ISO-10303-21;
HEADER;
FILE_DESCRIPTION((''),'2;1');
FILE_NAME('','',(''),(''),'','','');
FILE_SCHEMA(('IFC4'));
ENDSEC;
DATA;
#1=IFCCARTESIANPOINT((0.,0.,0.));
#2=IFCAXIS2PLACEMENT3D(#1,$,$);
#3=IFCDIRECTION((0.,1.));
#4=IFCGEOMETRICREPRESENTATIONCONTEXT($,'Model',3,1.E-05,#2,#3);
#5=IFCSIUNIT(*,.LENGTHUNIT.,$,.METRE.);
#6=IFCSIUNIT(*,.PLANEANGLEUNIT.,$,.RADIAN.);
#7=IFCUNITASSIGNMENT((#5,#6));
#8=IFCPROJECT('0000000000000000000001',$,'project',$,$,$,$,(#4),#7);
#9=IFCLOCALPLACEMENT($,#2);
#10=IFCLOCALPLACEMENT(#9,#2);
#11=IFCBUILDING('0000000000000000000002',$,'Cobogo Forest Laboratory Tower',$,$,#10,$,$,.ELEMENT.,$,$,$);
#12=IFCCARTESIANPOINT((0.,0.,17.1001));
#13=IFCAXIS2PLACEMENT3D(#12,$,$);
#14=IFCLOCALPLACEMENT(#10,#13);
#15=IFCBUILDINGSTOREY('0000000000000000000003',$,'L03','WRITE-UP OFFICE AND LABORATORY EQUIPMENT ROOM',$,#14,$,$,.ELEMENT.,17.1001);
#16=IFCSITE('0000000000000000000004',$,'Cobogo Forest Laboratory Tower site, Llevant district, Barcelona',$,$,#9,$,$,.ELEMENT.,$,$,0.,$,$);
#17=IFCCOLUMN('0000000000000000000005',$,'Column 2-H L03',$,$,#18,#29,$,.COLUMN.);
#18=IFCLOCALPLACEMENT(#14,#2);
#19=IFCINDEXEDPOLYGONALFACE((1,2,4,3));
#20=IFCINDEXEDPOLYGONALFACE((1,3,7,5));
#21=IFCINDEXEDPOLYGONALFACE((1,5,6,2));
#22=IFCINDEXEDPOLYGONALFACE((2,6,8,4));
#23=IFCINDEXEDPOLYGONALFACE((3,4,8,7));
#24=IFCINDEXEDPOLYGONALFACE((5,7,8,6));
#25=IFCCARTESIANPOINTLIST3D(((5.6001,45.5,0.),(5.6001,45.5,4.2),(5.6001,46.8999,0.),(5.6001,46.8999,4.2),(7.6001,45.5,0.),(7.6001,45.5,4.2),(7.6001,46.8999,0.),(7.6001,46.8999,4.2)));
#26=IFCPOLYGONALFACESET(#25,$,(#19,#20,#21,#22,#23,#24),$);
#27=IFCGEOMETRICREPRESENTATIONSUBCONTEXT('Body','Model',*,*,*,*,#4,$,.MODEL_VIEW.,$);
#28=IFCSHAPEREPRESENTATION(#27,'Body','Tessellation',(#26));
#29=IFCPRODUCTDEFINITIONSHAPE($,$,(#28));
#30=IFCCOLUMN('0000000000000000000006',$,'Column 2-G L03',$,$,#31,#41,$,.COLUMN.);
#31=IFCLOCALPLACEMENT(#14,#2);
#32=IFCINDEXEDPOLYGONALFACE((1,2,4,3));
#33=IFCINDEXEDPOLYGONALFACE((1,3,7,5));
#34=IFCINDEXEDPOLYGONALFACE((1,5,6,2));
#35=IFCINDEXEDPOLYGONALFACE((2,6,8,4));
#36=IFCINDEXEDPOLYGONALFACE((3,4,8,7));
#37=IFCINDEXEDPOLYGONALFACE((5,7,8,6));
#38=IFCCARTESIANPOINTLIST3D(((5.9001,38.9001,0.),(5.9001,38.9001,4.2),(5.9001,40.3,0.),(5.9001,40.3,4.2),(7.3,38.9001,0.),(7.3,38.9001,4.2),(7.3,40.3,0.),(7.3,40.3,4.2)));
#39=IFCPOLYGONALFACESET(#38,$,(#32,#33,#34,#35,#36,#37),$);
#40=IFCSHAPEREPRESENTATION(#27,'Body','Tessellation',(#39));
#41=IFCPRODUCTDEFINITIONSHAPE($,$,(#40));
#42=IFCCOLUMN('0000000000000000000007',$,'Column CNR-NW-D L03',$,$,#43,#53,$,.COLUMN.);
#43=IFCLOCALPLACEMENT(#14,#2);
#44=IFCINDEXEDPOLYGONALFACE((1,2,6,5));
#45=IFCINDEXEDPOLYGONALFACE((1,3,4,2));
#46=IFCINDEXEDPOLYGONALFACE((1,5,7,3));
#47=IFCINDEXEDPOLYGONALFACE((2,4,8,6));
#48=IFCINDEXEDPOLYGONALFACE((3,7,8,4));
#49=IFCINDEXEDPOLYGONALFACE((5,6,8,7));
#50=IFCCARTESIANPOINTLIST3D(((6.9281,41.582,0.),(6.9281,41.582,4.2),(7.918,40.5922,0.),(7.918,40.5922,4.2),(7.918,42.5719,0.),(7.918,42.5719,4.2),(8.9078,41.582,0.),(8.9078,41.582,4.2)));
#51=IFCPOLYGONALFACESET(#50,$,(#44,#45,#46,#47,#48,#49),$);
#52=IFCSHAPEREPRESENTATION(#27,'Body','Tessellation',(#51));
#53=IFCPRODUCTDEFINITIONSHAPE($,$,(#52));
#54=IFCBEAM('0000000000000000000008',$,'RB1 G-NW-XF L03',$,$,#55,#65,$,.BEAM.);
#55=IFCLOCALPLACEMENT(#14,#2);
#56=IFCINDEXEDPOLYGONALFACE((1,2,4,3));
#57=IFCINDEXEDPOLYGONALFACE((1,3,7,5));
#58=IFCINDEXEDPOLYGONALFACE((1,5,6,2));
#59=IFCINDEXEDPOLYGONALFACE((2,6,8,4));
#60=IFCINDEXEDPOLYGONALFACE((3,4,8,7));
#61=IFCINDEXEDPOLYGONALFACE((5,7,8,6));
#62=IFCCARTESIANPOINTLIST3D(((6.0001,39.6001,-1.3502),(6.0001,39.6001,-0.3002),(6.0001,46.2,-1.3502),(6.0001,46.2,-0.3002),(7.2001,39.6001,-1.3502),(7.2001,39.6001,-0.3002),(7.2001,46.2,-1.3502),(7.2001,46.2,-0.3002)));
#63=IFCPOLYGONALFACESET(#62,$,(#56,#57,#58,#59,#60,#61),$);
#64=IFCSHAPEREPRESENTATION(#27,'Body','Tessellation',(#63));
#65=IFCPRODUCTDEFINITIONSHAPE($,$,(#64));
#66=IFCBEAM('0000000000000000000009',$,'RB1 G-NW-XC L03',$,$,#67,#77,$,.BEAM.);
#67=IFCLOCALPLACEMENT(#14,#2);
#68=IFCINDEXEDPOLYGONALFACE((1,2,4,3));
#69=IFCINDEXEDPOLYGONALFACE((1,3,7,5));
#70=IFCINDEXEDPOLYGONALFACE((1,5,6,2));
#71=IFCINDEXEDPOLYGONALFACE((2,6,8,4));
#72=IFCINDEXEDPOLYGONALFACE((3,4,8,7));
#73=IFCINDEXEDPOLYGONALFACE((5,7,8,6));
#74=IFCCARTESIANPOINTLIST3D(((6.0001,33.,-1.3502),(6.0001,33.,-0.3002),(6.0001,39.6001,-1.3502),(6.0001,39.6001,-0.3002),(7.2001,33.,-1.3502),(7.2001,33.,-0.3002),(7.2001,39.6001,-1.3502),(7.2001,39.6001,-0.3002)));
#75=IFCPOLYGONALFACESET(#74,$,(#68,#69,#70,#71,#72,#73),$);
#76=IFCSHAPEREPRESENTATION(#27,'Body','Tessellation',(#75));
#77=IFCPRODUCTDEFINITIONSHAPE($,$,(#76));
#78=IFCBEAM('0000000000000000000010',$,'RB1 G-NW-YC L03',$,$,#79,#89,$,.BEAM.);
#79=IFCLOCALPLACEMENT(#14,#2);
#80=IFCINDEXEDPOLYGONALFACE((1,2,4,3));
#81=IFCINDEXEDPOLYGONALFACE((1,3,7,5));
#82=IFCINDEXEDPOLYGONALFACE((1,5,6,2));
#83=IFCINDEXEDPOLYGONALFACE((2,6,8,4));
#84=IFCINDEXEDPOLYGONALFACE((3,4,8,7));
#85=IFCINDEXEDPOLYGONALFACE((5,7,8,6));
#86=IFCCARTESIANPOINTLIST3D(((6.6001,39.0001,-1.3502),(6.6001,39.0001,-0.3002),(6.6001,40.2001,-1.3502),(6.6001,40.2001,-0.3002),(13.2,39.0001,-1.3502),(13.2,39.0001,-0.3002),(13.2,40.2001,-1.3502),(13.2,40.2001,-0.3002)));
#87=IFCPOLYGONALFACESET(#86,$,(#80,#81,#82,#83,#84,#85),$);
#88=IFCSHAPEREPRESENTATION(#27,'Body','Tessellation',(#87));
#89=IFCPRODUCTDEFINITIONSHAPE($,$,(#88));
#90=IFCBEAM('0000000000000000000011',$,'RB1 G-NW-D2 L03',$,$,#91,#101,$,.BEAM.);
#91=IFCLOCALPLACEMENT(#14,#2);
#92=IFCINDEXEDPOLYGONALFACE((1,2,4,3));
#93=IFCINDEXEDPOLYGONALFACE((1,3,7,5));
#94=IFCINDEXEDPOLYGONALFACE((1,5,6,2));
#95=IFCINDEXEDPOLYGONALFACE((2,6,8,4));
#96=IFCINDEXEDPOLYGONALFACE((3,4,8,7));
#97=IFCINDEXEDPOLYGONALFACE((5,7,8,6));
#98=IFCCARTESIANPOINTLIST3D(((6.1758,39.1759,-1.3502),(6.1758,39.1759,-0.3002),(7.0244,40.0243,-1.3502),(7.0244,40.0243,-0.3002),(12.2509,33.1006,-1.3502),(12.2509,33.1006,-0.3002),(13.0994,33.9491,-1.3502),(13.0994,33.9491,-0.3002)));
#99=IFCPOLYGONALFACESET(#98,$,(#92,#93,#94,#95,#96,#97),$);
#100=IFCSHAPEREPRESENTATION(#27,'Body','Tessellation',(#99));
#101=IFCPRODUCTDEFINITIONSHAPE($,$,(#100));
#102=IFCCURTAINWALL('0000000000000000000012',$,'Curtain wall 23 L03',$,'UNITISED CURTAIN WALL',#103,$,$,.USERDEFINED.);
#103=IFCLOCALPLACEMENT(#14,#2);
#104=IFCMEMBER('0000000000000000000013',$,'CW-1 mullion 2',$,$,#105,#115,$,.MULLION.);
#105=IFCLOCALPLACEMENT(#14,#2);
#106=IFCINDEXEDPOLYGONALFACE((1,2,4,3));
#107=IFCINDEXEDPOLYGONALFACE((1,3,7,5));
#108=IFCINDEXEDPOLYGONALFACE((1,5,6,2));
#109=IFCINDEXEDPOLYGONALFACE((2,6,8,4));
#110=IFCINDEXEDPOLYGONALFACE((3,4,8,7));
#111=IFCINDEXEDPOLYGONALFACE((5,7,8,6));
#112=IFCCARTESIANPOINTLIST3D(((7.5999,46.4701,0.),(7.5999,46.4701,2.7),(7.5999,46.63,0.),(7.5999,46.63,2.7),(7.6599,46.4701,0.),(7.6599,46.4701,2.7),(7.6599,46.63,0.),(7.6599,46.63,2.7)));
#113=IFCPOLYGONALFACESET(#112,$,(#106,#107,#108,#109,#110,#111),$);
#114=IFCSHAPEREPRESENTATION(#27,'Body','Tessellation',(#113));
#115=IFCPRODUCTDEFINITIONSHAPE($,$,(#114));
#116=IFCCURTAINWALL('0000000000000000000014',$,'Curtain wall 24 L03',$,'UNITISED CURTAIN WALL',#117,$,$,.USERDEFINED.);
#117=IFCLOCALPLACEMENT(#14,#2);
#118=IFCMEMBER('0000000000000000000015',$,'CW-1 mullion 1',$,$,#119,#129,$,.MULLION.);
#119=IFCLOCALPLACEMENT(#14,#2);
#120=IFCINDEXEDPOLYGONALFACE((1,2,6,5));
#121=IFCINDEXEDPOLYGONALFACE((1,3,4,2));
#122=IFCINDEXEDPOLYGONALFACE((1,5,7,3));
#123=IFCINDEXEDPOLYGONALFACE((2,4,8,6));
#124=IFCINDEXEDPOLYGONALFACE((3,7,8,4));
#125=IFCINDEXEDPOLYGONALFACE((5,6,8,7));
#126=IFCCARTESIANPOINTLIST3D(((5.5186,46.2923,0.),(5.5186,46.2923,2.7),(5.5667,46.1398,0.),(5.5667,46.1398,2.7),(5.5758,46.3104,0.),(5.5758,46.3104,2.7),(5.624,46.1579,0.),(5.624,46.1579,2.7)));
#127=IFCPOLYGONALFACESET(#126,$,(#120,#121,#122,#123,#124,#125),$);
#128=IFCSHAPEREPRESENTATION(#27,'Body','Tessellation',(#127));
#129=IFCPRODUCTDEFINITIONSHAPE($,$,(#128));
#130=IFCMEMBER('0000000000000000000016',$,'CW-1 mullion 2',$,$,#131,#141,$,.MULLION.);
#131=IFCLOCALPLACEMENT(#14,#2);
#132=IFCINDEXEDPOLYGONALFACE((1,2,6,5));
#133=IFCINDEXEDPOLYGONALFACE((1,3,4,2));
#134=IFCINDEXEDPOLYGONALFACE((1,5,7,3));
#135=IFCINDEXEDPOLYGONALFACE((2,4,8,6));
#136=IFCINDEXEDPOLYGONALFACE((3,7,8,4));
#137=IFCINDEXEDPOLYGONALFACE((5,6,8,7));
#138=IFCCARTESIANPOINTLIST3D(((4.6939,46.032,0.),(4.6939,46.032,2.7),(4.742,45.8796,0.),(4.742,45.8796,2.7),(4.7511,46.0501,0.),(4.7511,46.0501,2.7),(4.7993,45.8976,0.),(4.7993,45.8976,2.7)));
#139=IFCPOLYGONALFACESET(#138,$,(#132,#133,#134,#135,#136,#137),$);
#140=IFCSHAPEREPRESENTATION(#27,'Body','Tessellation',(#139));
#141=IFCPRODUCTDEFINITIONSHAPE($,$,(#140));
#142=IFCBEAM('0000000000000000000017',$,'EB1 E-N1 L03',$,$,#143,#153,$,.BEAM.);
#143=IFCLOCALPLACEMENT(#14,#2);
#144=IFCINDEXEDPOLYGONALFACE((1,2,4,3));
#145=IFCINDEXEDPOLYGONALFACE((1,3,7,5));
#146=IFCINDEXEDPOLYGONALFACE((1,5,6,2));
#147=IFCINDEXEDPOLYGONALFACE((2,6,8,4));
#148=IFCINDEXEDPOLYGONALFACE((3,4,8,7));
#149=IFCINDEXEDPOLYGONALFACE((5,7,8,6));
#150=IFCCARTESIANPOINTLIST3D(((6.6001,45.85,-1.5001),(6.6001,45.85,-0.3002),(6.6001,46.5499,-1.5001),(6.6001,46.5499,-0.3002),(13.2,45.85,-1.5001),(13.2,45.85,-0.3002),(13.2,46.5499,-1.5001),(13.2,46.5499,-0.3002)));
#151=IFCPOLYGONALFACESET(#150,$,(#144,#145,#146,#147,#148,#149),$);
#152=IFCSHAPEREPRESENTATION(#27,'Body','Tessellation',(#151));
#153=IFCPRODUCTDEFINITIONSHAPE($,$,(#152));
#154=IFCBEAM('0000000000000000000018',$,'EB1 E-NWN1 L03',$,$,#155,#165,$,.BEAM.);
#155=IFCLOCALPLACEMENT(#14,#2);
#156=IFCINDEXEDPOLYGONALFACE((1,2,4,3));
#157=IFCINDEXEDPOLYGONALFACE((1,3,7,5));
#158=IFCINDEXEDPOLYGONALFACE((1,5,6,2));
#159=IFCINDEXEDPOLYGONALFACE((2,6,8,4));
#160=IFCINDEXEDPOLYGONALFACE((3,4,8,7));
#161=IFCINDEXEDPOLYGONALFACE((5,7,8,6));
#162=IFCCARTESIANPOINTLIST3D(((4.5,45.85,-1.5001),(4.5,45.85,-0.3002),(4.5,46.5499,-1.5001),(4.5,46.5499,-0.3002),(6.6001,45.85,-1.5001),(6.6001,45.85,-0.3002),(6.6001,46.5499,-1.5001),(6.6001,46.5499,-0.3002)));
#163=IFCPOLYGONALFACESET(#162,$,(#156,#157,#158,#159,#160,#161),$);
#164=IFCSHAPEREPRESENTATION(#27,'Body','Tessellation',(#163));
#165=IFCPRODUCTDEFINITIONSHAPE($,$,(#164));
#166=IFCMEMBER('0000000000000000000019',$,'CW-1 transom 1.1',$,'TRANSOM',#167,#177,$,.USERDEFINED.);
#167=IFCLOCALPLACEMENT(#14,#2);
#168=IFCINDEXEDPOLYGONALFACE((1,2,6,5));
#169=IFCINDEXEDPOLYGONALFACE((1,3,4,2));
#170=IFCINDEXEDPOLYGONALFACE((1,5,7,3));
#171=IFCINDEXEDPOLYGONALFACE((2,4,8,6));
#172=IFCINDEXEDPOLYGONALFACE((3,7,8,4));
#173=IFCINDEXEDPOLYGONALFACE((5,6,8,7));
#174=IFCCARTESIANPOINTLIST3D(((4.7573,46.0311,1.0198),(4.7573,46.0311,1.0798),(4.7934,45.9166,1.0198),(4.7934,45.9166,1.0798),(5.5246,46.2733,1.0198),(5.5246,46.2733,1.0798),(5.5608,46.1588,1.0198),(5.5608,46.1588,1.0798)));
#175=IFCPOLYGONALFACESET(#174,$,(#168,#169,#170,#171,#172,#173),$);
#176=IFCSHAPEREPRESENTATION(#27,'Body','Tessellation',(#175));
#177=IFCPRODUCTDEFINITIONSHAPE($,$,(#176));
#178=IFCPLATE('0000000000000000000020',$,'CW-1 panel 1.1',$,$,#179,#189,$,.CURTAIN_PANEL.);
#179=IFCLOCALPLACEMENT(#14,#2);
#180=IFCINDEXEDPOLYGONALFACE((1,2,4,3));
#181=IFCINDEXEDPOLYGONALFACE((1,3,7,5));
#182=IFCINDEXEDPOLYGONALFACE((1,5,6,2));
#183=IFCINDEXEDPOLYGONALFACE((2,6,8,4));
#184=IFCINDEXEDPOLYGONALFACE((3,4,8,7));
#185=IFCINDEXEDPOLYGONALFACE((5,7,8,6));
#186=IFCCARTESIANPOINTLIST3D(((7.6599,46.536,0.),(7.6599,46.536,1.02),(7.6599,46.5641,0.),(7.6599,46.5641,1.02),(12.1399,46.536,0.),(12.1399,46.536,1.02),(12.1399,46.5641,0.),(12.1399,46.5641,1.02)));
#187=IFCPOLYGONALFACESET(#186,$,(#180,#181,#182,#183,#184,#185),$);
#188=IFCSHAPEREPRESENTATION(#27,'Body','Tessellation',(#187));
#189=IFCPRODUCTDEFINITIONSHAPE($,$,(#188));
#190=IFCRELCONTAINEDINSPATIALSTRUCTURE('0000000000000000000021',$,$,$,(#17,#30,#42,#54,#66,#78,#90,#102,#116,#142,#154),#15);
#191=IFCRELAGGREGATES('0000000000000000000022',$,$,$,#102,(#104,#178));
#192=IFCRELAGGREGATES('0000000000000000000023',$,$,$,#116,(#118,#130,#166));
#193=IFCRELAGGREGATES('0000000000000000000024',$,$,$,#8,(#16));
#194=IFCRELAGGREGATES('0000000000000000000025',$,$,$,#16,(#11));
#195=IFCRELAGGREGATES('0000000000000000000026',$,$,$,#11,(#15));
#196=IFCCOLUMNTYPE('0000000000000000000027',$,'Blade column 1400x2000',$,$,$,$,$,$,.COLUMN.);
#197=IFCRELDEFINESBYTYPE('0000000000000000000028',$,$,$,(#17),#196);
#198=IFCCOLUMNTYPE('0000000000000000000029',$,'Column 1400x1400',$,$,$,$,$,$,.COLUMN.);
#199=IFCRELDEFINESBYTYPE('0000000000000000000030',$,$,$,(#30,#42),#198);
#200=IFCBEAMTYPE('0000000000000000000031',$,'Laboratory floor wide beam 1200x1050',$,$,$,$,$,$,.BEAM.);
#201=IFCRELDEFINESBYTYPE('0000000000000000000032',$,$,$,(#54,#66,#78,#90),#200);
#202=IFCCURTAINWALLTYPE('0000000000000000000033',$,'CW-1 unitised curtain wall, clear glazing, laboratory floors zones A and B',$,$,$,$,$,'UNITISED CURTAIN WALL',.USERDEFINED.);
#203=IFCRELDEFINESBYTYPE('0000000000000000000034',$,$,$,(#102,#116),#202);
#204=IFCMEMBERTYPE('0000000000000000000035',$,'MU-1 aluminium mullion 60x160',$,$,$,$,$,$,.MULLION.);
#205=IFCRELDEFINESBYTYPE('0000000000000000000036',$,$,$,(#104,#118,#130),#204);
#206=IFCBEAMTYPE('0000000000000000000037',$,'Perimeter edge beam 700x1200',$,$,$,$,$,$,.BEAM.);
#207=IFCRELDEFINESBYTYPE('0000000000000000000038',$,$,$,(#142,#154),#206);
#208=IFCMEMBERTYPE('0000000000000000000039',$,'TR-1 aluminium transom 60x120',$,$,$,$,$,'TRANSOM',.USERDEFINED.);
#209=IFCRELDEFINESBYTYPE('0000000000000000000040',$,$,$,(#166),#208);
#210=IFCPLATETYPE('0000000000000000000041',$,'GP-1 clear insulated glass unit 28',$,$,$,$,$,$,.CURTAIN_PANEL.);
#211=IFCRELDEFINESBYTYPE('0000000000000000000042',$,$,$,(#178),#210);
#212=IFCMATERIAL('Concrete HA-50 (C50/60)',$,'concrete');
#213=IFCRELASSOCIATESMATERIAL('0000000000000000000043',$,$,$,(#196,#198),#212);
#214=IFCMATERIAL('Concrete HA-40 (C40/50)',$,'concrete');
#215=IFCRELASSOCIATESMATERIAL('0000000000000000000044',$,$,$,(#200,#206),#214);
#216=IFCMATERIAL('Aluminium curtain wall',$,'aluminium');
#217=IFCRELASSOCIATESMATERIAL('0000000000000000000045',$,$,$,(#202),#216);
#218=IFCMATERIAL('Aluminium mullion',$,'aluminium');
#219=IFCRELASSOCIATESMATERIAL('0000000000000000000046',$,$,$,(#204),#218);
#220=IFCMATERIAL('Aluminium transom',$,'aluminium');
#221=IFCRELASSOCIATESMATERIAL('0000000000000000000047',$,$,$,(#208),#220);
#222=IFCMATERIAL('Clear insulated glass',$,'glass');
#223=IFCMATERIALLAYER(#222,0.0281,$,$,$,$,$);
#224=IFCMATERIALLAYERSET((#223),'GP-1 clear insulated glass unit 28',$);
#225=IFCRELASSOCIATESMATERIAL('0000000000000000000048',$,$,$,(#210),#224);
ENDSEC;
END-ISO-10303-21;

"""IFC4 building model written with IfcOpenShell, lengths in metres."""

from ifc_helpers import new_model, si_unit, direction, frame, origin, origin_2d, place, context, subcontext, project, spatial, rectangle, extrude, material, layer, layer_set, material_profile, profile_set, type_object, element, aggregate, save


model = new_model("IFC4")

# Units and contexts
model_context = context("Model", 3, precision=1e-05, world=origin(), true_north=direction((0.0, 1.0)))
body_context = subcontext(model_context, "Body", "Model", "MODEL_VIEW")
ifc_project = project(units=[si_unit("LENGTHUNIT", "METRE"), si_unit("PLANEANGLEUNIT", "RADIAN")], contexts=[model_context])

# Site, building, storey
site_placement = place(None, origin())
site = spatial("IfcSite", under=ifc_project, at=site_placement, Name="Cobogo Forest Laboratory Tower site, Llevant district, Barcelona", CompositionType="ELEMENT", RefElevation=0.0)
building_placement = place(site_placement, origin())
building = spatial("IfcBuilding", under=site, at=building_placement, Name="Cobogo Forest Laboratory Tower", CompositionType="ELEMENT")
storey_placement = place(building_placement, frame((0.0, 0.0, 17.1001)))
storey = spatial("IfcBuildingStorey", under=building, at=storey_placement, Name="L03", Description="WRITE-UP OFFICE AND LABORATORY EQUIPMENT ROOM", CompositionType="ELEMENT", Elevation=17.1001)

# Columns
ifc_material_1 = material(Name="Concrete HA-50 (C50/60)", Category="concrete")
ifc_material_profile_1 = material_profile(ifc_material_1, rectangle(XDim=2.0, YDim=1.3999, at=origin_2d()), Name="RC 1400x2000")
ifc_profile_set_1 = profile_set([ifc_material_profile_1], Name="Concrete HA-50 (C50/60)")
column_type_1 = type_object("IfcColumnType", Name="Blade column 1400x2000", PredefinedType="COLUMN", material=ifc_profile_set_1)
column_placement = place(storey_placement, frame((6.6001, 46.2, 0.0), z_axis=(0.0, 0.0, 1.0), x_axis=(1.0, 0.0, 0.0)))
element("IfcColumn", 1, at=column_placement, inside=storey, type_object=column_type_1, Name="Column 2-H L03", PredefinedType="COLUMN", context=body_context, shape_type="SweptSolid", body=[
    extrude(rectangle(XDim=2.0, YDim=1.3999, at=origin_2d()), origin(), (0.0, 0.0, 1.0), 4.2),
])
ifc_material_profile_2 = material_profile(ifc_material_1, rectangle(XDim=1.3999, YDim=1.3999, at=origin_2d()), Name="RC 1400x1400")
ifc_profile_set_2 = profile_set([ifc_material_profile_2], Name="Concrete HA-50 (C50/60)")
column_type_2 = type_object("IfcColumnType", Name="Column 1400x1400", PredefinedType="COLUMN", material=ifc_profile_set_2)
for number, where, z_axis, x_axis, name in (
    (2, (6.6001, 39.6001, 0.0), (0.0, 0.0, 1.0), (1.0, 0.0, 0.0), "Column 2-G L03"),
    (3, (7.918, 41.582, 0.0), (0.0, 0.0, 1.0), (0.707107, 0.707107, 0.0), "Column CNR-NW-D L03"),
):
    element("IfcColumn", number, at=place(storey_placement, frame(where, z_axis=z_axis, x_axis=x_axis)), inside=storey, type_object=column_type_2, Name=name, PredefinedType="COLUMN", context=body_context, shape_type="SweptSolid", body=[
        extrude(rectangle(XDim=1.3999, YDim=1.3999, at=origin_2d()), origin(), (0.0, 0.0, 1.0), 4.2),
    ])

# Beams
ifc_material_2 = material(Name="Concrete HA-40 (C40/50)", Category="concrete")
ifc_material_profile_3 = material_profile(ifc_material_2, rectangle(XDim=1.2, YDim=1.05, at=origin_2d()), Name="RC 1200x1050")
ifc_profile_set_3 = profile_set([ifc_material_profile_3], Name="Concrete HA-40 (C40/50)")
beam_type_1 = type_object("IfcBeamType", Name="Laboratory floor wide beam 1200x1050", PredefinedType="BEAM", material=ifc_profile_set_3)
beam_1_placement = place(storey_placement, frame((6.6001, 46.2, -0.8252), z_axis=(0.0, -1.0, 0.0), x_axis=(1.0, 0.0, 0.0)))
element("IfcBeam", 4, at=beam_1_placement, inside=storey, type_object=beam_type_1, Name="RB1 G-NW-XF L03", PredefinedType="BEAM", context=body_context, shape_type="SweptSolid", body=[
    extrude(rectangle(XDim=1.2, YDim=1.05, at=origin_2d()), origin(), (0.0, 0.0, 1.0), 6.5999),
])
beam_2_placement = place(storey_placement, frame((6.6001, 39.6001, -0.8252), z_axis=(0.0, -1.0, 0.0), x_axis=(1.0, 0.0, 0.0)))
element("IfcBeam", 5, at=beam_2_placement, inside=storey, type_object=beam_type_1, Name="RB1 G-NW-XC L03", PredefinedType="BEAM", context=body_context, shape_type="SweptSolid", body=[
    extrude(rectangle(XDim=1.2, YDim=1.05, at=origin_2d()), origin(), (0.0, 0.0, 1.0), 6.6001),
])
beam_3_placement = place(storey_placement, frame((6.6001, 39.6001, -0.8252), z_axis=(1.0, 0.0, 0.0), x_axis=(0.0, 1.0, 0.0)))
element("IfcBeam", 6, at=beam_3_placement, inside=storey, type_object=beam_type_1, Name="RB1 G-NW-YC L03", PredefinedType="BEAM", context=body_context, shape_type="SweptSolid", body=[
    extrude(rectangle(XDim=1.2, YDim=1.05, at=origin_2d()), origin(), (0.0, 0.0, 1.0), 6.5999),
])
beam_4_placement = place(storey_placement, frame((6.6001, 39.6001, -0.8252), z_axis=(0.707093, -0.707121, 0.0), x_axis=(0.707121, 0.707093, 0.0)))
element("IfcBeam", 7, at=beam_4_placement, inside=storey, type_object=beam_type_1, Name="RB1 G-NW-D2 L03", PredefinedType="BEAM", context=body_context, shape_type="SweptSolid", body=[
    extrude(rectangle(XDim=1.2, YDim=1.05, at=origin_2d()), origin(), (0.0, 0.0, 1.0), 8.5916),
])

# Curtain wall, member
ifc_material_3 = material(Name="Aluminium curtain wall", Category="aluminium")
curtain_wall_type = type_object("IfcCurtainWallType", Name="CW-1 unitised curtain wall, clear glazing, laboratory floors zones A and B", ElementType="UNITISED CURTAIN WALL", PredefinedType="USERDEFINED", material=ifc_material_3)
curtain_wall_1_placement = place(storey_placement, origin())
curtain_wall_1 = element("IfcCurtainWall", 8, at=curtain_wall_1_placement, inside=storey, type_object=curtain_wall_type, Name="Curtain wall 23 L03", ObjectType="UNITISED CURTAIN WALL", PredefinedType="USERDEFINED")
ifc_material_4 = material(Name="Aluminium mullion", Category="aluminium")
ifc_material_profile_4 = material_profile(ifc_material_4, rectangle(XDim=0.0601, YDim=0.1599, at=origin_2d()), Name="AL 60x160")
ifc_profile_set_4 = profile_set([ifc_material_profile_4], Name="Aluminium mullion")
member_type_1 = type_object("IfcMemberType", Name="MU-1 aluminium mullion 60x160", PredefinedType="MULLION", material=ifc_profile_set_4)
member_1_placement = place(storey_placement, frame((7.6299, 46.55, 0.0), z_axis=(0.0, 0.0, 1.0), x_axis=(-1.0, 0.0, 0.0)))
member_1 = element("IfcMember", 9, at=member_1_placement, type_object=member_type_1, Name="CW-1 mullion 2", PredefinedType="MULLION", context=body_context, shape_type="SweptSolid", body=[
    extrude(rectangle(XDim=0.0601, YDim=0.1599, at=origin_2d()), origin(), (0.0, 0.0, 1.0), 2.7),
])

# Curtain wall, members
curtain_wall_2_placement = place(storey_placement, origin())
curtain_wall_2 = element("IfcCurtainWall", 10, at=curtain_wall_2_placement, inside=storey, type_object=curtain_wall_type, Name="Curtain wall 24 L03", ObjectType="UNITISED CURTAIN WALL", PredefinedType="USERDEFINED")
member_2_placement = place(storey_placement, frame((5.5713, 46.2251, 0.0), z_axis=(0.0, 0.0, 1.0), x_axis=(-0.953581, -0.301135, 0.0)))
member_2 = element("IfcMember", 11, at=member_2_placement, type_object=member_type_1, Name="CW-1 mullion 1", PredefinedType="MULLION", context=body_context, shape_type="SweptSolid", body=[
    extrude(rectangle(XDim=0.0601, YDim=0.1599, at=origin_2d()), origin(), (0.0, 0.0, 1.0), 2.7),
])
member_3_placement = place(storey_placement, frame((4.7466, 45.9648, 0.0), z_axis=(0.0, 0.0, 1.0), x_axis=(-0.953581, -0.301135, 0.0)))
member_3 = element("IfcMember", 12, at=member_3_placement, type_object=member_type_1, Name="CW-1 mullion 2", PredefinedType="MULLION", context=body_context, shape_type="SweptSolid", body=[
    extrude(rectangle(XDim=0.0601, YDim=0.1599, at=origin_2d()), origin(), (0.0, 0.0, 1.0), 2.7),
])

# Beams
ifc_material_profile_5 = material_profile(ifc_material_2, rectangle(XDim=0.7, YDim=1.2, at=origin_2d()), Name="RC 700x1200")
ifc_profile_set_5 = profile_set([ifc_material_profile_5], Name="Concrete HA-40 (C40/50)")
beam_type_2 = type_object("IfcBeamType", Name="Perimeter edge beam 700x1200", PredefinedType="BEAM", material=ifc_profile_set_5)
beam_5_placement = place(storey_placement, frame((6.6001, 46.2, -0.9001), z_axis=(1.0, 0.0, 0.0), x_axis=(0.0, 1.0, 0.0)))
element("IfcBeam", 13, at=beam_5_placement, inside=storey, type_object=beam_type_2, Name="EB1 E-N1 L03", PredefinedType="BEAM", context=body_context, shape_type="SweptSolid", body=[
    extrude(rectangle(XDim=0.7, YDim=1.2, at=origin_2d()), origin(), (0.0, 0.0, 1.0), 6.5999),
])
beam_6_placement = place(storey_placement, frame((6.6001, 46.2, -0.9001), z_axis=(-1.0, 0.0, 0.0), x_axis=(0.0, -1.0, 0.0)))
element("IfcBeam", 14, at=beam_6_placement, inside=storey, type_object=beam_type_2, Name="EB1 E-NWN1 L03", PredefinedType="BEAM", context=body_context, shape_type="SweptSolid", body=[
    extrude(rectangle(XDim=0.7, YDim=1.2, at=origin_2d()), origin(), (0.0, 0.0, 1.0), 2.1001),
])

# Member
ifc_material_5 = material(Name="Aluminium transom", Category="aluminium")
ifc_material_profile_6 = material_profile(ifc_material_5, rectangle(XDim=0.1201, YDim=0.0601, at=origin_2d()), Name="AL 60x120")
ifc_profile_set_6 = profile_set([ifc_material_profile_6], Name="Aluminium transom")
member_type_2 = type_object("IfcMemberType", Name="TR-1 aluminium transom 60x120", ElementType="TRANSOM", PredefinedType="USERDEFINED", material=ifc_profile_set_6)
member_4_placement = place(storey_placement, frame((5.5427, 46.2161, 1.0498), z_axis=(-0.953629, -0.300986, 0.0), x_axis=(0.300986, -0.953629, 0.0)))
member_4 = element("IfcMember", 15, at=member_4_placement, type_object=member_type_2, Name="CW-1 transom 1.1", ObjectType="TRANSOM", PredefinedType="USERDEFINED", context=body_context, shape_type="SweptSolid", body=[
    extrude(rectangle(XDim=0.1201, YDim=0.0601, at=origin_2d()), origin(), (0.0, 0.0, 1.0), 0.8047),
])

# Plate
ifc_material_6 = material(Name="Clear insulated glass", Category="glass")
ifc_layer = layer(ifc_material_6, 0.0281)
ifc_layer_set = layer_set([ifc_layer], Name="GP-1 clear insulated glass unit 28")
plate_type_1 = type_object("IfcPlateType", Name="GP-1 clear insulated glass unit 28", PredefinedType="CURTAIN_PANEL", material=ifc_layer_set)
plate_1_placement = place(storey_placement, frame((9.8999, 46.55, 0.0), z_axis=(0.0, 0.0, 1.0), x_axis=(-1.0, 0.0, 0.0)))
plate_1 = element("IfcPlate", 16, at=plate_1_placement, type_object=plate_type_1, Name="CW-1 panel 1.1", PredefinedType="CURTAIN_PANEL", context=body_context, shape_type="SweptSolid", body=[
    extrude(rectangle(XDim=4.48, YDim=0.0281, at=origin_2d()), origin(), (0.0, 0.0, 1.0), 1.02),
])
aggregate(curtain_wall_1, [member_1, plate_1])
aggregate(curtain_wall_2, [member_2, member_3, member_4])

save(model, "model.ifc")
